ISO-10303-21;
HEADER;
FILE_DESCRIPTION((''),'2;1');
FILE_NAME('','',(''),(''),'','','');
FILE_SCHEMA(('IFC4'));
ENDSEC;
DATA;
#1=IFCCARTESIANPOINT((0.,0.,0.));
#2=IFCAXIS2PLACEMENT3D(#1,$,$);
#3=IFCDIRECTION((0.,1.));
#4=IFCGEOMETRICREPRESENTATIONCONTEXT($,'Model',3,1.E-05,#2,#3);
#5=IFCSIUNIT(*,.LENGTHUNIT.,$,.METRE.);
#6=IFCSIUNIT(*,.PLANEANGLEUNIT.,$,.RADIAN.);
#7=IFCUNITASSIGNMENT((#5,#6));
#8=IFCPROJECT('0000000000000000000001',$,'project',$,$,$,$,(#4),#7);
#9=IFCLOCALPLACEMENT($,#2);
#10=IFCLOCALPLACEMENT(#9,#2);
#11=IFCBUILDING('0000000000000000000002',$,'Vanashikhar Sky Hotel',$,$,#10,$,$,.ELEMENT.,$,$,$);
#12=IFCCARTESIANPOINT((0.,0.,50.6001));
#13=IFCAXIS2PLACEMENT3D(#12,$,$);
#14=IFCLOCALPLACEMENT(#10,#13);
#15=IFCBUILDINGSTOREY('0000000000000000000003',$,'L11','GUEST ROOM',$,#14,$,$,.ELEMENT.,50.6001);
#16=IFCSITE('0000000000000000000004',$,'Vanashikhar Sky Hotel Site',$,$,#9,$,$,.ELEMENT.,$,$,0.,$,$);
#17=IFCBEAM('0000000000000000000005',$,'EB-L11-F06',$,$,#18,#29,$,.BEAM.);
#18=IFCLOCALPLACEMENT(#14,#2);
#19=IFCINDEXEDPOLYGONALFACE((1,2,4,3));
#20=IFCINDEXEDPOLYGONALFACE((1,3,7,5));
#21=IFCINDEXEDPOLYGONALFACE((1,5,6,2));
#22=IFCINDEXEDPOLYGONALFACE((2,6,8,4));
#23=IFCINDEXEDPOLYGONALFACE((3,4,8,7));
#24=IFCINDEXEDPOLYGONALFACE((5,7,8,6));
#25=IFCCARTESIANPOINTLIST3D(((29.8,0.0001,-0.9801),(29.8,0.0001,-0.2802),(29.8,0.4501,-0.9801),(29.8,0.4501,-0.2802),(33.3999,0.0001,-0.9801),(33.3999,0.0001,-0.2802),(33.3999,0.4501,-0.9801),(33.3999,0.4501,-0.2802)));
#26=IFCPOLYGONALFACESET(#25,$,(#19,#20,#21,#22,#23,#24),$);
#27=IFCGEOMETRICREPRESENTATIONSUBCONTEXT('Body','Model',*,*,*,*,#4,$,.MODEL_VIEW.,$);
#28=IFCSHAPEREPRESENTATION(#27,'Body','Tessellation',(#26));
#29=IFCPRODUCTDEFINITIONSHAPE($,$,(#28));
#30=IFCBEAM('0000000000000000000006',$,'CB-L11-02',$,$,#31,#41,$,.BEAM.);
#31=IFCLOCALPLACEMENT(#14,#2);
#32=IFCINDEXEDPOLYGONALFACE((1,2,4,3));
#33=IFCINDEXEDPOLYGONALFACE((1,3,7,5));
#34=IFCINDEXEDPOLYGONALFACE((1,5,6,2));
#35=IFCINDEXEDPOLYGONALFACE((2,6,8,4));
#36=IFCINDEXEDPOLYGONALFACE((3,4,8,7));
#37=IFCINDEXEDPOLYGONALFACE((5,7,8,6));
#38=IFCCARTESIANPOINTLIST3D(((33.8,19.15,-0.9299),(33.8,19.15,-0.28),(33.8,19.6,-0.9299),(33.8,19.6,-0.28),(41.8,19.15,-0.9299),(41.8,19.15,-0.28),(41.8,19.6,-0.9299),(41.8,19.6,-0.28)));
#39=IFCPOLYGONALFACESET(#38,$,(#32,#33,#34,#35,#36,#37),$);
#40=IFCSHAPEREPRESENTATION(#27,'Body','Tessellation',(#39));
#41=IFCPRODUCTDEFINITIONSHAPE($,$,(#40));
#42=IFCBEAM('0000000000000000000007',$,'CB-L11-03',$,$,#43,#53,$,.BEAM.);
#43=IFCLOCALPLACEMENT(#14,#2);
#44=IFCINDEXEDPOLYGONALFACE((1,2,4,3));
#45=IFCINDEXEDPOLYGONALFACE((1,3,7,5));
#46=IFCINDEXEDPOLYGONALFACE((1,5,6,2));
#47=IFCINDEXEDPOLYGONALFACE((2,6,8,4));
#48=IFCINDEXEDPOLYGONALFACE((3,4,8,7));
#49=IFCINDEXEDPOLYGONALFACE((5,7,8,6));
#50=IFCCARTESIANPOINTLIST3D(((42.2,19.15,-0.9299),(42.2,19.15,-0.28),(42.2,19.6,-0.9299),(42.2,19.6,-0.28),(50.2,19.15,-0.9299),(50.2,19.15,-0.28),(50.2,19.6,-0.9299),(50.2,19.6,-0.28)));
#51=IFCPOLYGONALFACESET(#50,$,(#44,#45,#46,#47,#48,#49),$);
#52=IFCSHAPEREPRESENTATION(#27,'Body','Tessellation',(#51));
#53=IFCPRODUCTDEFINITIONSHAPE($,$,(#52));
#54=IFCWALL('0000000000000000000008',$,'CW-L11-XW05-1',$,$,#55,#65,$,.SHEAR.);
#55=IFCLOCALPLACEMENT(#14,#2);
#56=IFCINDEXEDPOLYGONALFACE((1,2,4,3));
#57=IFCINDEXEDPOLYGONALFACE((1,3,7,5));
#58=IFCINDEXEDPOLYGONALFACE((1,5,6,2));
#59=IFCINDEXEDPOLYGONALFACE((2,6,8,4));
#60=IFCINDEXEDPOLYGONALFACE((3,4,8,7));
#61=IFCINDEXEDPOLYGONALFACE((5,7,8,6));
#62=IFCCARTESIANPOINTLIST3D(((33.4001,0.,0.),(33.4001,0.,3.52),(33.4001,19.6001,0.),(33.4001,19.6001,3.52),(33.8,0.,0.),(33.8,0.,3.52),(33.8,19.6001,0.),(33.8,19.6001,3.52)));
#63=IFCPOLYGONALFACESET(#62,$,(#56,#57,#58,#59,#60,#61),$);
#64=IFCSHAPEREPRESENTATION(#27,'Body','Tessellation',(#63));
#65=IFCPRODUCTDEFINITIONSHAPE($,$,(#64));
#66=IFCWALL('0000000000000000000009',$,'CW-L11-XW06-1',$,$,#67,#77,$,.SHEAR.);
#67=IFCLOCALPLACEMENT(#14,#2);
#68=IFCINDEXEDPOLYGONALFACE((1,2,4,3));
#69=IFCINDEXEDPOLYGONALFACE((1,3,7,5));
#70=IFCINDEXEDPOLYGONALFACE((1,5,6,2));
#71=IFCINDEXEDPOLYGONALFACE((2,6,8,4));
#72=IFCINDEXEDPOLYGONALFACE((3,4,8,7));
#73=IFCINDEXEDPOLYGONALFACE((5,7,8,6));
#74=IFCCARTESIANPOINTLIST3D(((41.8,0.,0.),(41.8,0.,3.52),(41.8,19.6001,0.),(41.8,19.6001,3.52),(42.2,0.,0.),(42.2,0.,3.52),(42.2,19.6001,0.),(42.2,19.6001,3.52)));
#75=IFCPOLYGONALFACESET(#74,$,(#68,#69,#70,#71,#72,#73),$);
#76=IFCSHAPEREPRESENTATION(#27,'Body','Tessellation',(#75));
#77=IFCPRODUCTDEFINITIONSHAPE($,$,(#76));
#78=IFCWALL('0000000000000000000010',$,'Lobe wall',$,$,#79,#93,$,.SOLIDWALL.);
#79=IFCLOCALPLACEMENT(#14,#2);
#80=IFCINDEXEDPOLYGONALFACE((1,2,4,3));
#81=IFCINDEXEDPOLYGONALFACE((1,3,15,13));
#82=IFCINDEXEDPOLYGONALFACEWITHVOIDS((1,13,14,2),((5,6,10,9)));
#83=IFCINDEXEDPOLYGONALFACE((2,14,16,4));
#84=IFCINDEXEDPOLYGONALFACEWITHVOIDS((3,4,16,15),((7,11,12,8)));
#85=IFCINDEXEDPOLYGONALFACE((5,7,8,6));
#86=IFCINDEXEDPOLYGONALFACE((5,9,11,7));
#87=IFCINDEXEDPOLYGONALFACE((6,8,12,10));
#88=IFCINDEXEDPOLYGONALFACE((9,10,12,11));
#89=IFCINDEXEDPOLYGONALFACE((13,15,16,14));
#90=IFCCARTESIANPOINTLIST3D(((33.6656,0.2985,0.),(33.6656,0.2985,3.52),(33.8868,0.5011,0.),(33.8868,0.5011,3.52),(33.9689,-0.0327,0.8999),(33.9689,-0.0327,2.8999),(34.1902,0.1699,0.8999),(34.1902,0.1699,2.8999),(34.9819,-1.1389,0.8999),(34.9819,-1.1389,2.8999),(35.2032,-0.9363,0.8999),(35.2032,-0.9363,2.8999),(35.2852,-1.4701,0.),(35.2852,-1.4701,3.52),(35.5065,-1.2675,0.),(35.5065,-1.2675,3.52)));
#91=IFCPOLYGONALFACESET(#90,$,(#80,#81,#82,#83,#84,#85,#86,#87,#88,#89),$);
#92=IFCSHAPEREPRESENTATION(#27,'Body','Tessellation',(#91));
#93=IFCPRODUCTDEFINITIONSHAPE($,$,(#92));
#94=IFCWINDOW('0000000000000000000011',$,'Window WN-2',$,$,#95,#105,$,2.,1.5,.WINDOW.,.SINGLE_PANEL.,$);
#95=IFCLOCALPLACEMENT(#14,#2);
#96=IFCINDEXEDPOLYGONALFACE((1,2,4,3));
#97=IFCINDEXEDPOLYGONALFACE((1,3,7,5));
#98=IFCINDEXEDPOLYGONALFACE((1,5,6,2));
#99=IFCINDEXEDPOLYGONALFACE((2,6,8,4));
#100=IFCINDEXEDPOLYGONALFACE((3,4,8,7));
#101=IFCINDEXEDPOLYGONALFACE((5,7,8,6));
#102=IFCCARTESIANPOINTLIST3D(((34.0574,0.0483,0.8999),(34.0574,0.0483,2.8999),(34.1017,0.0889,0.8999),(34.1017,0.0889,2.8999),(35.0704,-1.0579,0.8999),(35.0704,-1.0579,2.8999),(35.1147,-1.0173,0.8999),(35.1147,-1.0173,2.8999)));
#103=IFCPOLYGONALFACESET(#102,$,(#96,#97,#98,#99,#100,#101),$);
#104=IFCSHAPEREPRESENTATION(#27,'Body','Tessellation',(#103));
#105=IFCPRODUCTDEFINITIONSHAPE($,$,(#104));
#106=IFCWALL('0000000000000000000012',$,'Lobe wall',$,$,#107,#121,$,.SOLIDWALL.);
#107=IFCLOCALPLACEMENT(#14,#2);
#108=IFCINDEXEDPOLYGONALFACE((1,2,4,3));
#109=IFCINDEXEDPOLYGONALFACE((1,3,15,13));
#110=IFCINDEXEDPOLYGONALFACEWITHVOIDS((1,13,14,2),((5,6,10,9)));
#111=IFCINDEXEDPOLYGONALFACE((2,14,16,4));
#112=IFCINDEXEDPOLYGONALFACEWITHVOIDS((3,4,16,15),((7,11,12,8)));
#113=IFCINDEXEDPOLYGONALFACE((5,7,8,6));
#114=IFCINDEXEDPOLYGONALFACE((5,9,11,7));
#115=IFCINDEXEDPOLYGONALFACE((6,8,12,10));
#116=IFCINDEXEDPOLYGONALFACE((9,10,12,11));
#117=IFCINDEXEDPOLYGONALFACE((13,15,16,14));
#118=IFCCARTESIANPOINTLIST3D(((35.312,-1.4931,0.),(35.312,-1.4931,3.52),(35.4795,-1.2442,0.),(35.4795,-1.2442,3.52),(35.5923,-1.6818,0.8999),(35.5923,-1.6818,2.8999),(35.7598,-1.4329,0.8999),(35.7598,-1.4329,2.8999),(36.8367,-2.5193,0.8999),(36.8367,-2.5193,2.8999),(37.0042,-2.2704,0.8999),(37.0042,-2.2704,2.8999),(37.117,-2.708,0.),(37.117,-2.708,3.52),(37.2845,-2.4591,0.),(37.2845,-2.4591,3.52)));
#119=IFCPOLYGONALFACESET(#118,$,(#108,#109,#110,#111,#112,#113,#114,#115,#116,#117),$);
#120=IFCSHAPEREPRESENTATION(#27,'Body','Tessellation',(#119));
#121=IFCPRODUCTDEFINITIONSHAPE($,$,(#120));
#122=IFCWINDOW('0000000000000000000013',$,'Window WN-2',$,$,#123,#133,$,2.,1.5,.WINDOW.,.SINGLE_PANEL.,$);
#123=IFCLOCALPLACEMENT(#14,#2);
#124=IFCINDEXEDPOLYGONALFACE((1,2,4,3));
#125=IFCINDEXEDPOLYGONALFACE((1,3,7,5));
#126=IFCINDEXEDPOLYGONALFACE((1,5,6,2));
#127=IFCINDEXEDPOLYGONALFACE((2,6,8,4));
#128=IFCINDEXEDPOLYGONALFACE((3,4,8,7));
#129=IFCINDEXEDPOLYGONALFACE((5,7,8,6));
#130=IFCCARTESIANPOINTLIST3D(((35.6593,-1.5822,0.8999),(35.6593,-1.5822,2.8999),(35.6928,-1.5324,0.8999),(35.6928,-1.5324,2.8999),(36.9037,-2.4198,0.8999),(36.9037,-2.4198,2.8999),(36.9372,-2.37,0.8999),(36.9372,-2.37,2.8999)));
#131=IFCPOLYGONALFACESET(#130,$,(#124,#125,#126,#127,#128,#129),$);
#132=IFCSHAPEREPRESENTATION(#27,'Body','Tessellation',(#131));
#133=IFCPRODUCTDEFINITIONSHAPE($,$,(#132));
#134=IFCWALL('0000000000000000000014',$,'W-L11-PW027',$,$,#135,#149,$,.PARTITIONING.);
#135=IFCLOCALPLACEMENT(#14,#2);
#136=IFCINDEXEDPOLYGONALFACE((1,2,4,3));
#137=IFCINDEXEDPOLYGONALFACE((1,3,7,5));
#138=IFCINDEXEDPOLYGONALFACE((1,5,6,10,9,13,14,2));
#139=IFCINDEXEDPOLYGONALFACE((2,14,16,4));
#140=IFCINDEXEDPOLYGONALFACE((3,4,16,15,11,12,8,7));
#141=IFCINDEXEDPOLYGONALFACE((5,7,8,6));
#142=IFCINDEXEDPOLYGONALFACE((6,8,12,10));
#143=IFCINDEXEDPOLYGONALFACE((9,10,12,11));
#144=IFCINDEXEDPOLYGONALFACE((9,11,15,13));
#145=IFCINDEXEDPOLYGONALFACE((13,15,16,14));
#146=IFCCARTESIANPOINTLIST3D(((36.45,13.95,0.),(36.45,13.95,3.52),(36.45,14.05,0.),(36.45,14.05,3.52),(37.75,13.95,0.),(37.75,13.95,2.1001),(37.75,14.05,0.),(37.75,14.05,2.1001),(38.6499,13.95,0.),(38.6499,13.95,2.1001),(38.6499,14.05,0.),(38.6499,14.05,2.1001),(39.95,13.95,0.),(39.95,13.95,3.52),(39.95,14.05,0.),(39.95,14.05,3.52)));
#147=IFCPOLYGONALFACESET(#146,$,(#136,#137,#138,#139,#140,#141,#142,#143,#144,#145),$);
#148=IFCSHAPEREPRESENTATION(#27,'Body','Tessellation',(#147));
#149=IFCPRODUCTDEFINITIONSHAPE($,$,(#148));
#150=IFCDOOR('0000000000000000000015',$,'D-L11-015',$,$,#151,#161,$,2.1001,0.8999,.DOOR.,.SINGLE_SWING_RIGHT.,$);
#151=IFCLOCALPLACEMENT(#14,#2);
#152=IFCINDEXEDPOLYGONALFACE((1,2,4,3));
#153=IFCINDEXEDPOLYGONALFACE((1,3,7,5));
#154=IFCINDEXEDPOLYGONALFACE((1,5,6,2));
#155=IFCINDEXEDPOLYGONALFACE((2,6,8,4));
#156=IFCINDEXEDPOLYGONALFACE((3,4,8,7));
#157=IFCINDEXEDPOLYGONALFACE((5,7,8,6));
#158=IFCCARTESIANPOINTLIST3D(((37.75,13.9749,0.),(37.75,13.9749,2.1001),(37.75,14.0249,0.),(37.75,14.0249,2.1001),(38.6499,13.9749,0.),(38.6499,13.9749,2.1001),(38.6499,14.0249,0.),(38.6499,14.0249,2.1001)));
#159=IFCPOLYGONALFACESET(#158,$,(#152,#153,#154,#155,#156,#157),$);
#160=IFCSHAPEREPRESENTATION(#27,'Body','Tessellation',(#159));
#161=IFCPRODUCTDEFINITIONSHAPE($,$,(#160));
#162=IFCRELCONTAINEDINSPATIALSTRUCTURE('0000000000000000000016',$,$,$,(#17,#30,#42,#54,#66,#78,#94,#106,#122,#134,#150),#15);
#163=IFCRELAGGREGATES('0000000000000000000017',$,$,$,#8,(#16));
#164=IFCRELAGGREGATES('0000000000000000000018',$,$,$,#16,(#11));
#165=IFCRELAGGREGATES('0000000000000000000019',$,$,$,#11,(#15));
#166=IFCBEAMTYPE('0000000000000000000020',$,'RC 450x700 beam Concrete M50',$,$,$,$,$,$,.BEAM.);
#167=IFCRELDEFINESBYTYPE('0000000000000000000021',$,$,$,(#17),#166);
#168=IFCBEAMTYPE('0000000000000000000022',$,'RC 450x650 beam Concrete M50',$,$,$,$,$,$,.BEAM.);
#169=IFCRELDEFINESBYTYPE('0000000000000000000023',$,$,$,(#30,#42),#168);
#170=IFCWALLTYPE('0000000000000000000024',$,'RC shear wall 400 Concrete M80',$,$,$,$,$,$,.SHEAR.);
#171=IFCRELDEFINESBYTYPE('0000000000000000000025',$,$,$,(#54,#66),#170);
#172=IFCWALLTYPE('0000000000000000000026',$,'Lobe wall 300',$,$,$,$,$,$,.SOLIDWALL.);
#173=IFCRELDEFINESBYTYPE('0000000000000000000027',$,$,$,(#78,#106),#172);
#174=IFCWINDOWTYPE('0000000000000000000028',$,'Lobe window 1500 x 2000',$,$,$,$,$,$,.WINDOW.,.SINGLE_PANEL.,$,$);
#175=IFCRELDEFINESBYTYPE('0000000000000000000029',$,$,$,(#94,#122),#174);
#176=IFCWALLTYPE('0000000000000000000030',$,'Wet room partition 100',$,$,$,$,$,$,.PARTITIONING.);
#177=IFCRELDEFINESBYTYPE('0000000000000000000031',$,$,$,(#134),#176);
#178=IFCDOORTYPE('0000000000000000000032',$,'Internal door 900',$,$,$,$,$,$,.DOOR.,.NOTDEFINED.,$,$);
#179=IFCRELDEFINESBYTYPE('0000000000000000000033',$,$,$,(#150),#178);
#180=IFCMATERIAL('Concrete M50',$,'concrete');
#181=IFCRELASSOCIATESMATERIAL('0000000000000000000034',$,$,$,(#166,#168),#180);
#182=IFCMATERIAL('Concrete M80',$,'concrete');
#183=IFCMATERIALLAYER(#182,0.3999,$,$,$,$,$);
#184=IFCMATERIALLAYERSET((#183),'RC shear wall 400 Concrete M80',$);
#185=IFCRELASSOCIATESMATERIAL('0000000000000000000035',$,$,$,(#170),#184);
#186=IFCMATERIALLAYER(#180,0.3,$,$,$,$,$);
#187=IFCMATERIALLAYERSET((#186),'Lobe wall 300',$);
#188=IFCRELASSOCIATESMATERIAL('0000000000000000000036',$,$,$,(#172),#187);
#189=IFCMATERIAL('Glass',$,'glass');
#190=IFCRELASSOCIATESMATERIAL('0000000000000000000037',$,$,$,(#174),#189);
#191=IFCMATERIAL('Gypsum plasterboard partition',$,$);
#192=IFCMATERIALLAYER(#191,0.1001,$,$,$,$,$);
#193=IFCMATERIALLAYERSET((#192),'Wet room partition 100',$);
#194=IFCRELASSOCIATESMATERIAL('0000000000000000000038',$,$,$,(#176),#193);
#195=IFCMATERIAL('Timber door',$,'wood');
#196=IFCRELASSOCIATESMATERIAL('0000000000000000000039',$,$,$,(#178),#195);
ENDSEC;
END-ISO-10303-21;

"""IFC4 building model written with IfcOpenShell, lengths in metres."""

from ifc_helpers import new_model, si_unit, direction, frame, frame_2d, origin, origin_2d, place, context, subcontext, project, spatial, rectangle, extrude, source, transform, mapped, material, layer, layer_set, material_profile, profile_set, type_object, element, fill, save


model = new_model("IFC4")

# Units and contexts
model_context = context("Model", 3, precision=1e-05, world=origin(), true_north=direction((0.0, 1.0)))
body_context = subcontext(model_context, "Body", "Model", "MODEL_VIEW")
ifc_project = project(units=[si_unit("LENGTHUNIT", "METRE"), si_unit("PLANEANGLEUNIT", "RADIAN")], contexts=[model_context])

# Site, building, storey
site_placement = place(None, origin())
site = spatial("IfcSite", under=ifc_project, at=site_placement, Name="Vanashikhar Sky Hotel Site", CompositionType="ELEMENT", RefElevation=0.0)
building_placement = place(site_placement, origin())
building = spatial("IfcBuilding", under=site, at=building_placement, Name="Vanashikhar Sky Hotel", CompositionType="ELEMENT")
storey_placement = place(building_placement, frame((0.0, 0.0, 50.6001)))
storey = spatial("IfcBuildingStorey", under=building, at=storey_placement, Name="L11", Description="GUEST ROOM", CompositionType="ELEMENT", Elevation=50.6001)

# Beams
ifc_material_1 = material(Name="Concrete M50", Category="concrete")
ifc_material_profile_1 = material_profile(ifc_material_1, rectangle(XDim=0.45, YDim=0.7, at=origin_2d()))
ifc_profile_set_1 = profile_set([ifc_material_profile_1], Name="RC 450x700 beam Concrete M50")
beam_type_1 = type_object("IfcBeamType", Name="RC 450x700 beam Concrete M50", PredefinedType="BEAM", material=ifc_profile_set_1)
shared_shape_1 = source(origin(), body_context, "Body", "SweptSolid", [
    extrude(rectangle(XDim=0.45, YDim=0.7, at=origin_2d()), origin(), (0.0, 0.0, 1.0), 3.5999),
])
beam_placement = place(storey_placement, frame((29.8, 0.2251, -0.6301), z_axis=(1.0, 0.0, 0.0), x_axis=(0.0, 1.0, 0.0)))
element("IfcBeam", 1, at=beam_placement, inside=storey, type_object=beam_type_1, Name="EB-L11-F06", PredefinedType="BEAM", context=body_context, shape_type="MappedRepresentation", body=[
    mapped(shared_shape_1, transform((0.0, 0.0, 0.0), scale=1.0)),
])
ifc_material_profile_2 = material_profile(ifc_material_1, rectangle(XDim=0.45, YDim=0.6499, at=origin_2d()))
ifc_profile_set_2 = profile_set([ifc_material_profile_2], Name="RC 450x650 beam Concrete M50")
beam_type_2 = type_object("IfcBeamType", Name="RC 450x650 beam Concrete M50", PredefinedType="BEAM", material=ifc_profile_set_2)
shared_shape_2 = source(origin(), body_context, "Body", "SweptSolid", [
    extrude(rectangle(XDim=0.45, YDim=0.6499, at=origin_2d()), origin(), (0.0, 0.0, 1.0), 8.0),
])
for number, where, z_axis, x_axis, name in (
    (2, (33.8, 19.375, -0.605), (1.0, 0.0, 0.0), (0.0, 1.0, 0.0), "CB-L11-02"),
    (3, (42.2, 19.375, -0.605), (1.0, 0.0, 0.0), (0.0, 1.0, 0.0), "CB-L11-03"),
):
    element("IfcBeam", number, at=place(storey_placement, frame(where, z_axis=z_axis, x_axis=x_axis)), inside=storey, type_object=beam_type_2, Name=name, PredefinedType="BEAM", context=body_context, shape_type="MappedRepresentation", body=[
        mapped(shared_shape_2, transform((0.0, 0.0, 0.0), scale=1.0)),
    ])

# Walls
ifc_material_2 = material(Name="Concrete M80", Category="concrete")
ifc_layer_1 = layer(ifc_material_2, 0.3999)
ifc_layer_set_1 = layer_set([ifc_layer_1], Name="RC shear wall 400 Concrete M80")
wall_type_1 = type_object("IfcWallType", Name="RC shear wall 400 Concrete M80", PredefinedType="SHEAR", material=ifc_layer_set_1)
shared_shape_3 = source(origin(), body_context, "Body", "SweptSolid", [
    extrude(rectangle(XDim=19.6001, YDim=0.3999, at=frame_2d((9.8, 0.0))), origin(), (0.0, 0.0, 1.0), 3.52),
])
for number, where, z_axis, x_axis, name in (
    (4, (33.6001, 0.0, 0.0), (0.0, 0.0, 1.0), (0.0, 1.0, 0.0), "CW-L11-XW05-1"),
    (5, (42.0, 0.0, 0.0), (0.0, 0.0, 1.0), (0.0, 1.0, 0.0), "CW-L11-XW06-1"),
):
    element("IfcWall", number, at=place(storey_placement, frame(where, z_axis=z_axis, x_axis=x_axis)), inside=storey, type_object=wall_type_1, Name=name, PredefinedType="SHEAR", context=body_context, shape_type="MappedRepresentation", body=[
        mapped(shared_shape_3, transform((0.0, 0.0, 0.0), scale=1.0)),
    ])

# Walls, openings, windows
ifc_layer_2 = layer(ifc_material_1, 0.3)
ifc_layer_set_2 = layer_set([ifc_layer_2], Name="Lobe wall 300")
wall_type_2 = type_object("IfcWallType", Name="Lobe wall 300", PredefinedType="SOLIDWALL", material=ifc_layer_set_2)
shared_shape_4 = source(origin(), body_context, "Body", "SweptSolid", [
    extrude(rectangle(XDim=2.3982, YDim=0.3, at=frame_2d((1.1992, 0.0))), origin(), (0.0, 0.0, 1.0), 3.52),
])
wall_1_placement = place(storey_placement, frame((33.7761, 0.3999, 0.0), z_axis=(0.0, 0.0, 1.0), x_axis=(0.675374, -0.737475, 0.0)))
wall_1 = element("IfcWall", 6, at=wall_1_placement, inside=storey, type_object=wall_type_2, Name="Lobe wall", PredefinedType="SOLIDWALL", context=body_context, shape_type="MappedRepresentation", body=[
    mapped(shared_shape_4, transform((0.0, 0.0, 0.0), scale=1.0)),
])
shared_shape_5 = source(origin(), body_context, "Body", "SweptSolid", [
    extrude(rectangle(XDim=1.5, YDim=2.0, at=frame_2d((0.75, 1.0))), frame((0.0, 0.1602, 0.0), z_axis=(0.0, -1.0, 0.0), x_axis=(1.0, 0.0, 0.0)), (0.0, 0.0, 1.0), 0.3201),
])
opening_1_placement = place(wall_1_placement, frame((0.4492, 0.0, 0.8999)))
opening_1 = element("IfcOpeningElement", 7, at=opening_1_placement, cuts=wall_1, PredefinedType="OPENING", context=body_context, shape_type="MappedRepresentation", body=[
    mapped(shared_shape_5, transform((0.0, 0.0, 0.0), scale=1.0)),
])
ifc_material_3 = material(Name="Glass", Category="glass")
window_type_1 = type_object("IfcWindowType", Name="Lobe window 1500 x 2000", PartitioningType="SINGLE_PANEL", PredefinedType="WINDOW", material=ifc_material_3)
shared_shape_6 = source(origin(), body_context, "Body", "SweptSolid", [
    extrude(rectangle(XDim=1.5, YDim=2.0, at=frame_2d((0.75, 1.0))), frame((0.0, 0.03, 0.0), z_axis=(0.0, -1.0, 0.0), x_axis=(1.0, 0.0, 0.0)), (0.0, 0.0, 1.0), 0.0601),
])
window_1_placement = place(opening_1_placement, origin())
window_1 = element("IfcWindow", 8, at=window_1_placement, inside=storey, type_object=window_type_1, Name="Window WN-2", OverallHeight=2.0, OverallWidth=1.5, PartitioningType="SINGLE_PANEL", PredefinedType="WINDOW", context=body_context, shape_type="MappedRepresentation", body=[
    mapped(shared_shape_6, transform((0.0, 0.0, 0.0), scale=1.0)),
])
fill(opening_1, window_1)
shared_shape_7 = source(origin(), body_context, "Body", "SweptSolid", [
    extrude(rectangle(XDim=2.1758, YDim=0.3, at=frame_2d((1.0879, 0.0))), origin(), (0.0, 0.0, 1.0), 3.52),
])
wall_2_placement = place(storey_placement, frame((35.3958, -1.3687, 0.0), z_axis=(0.0, 0.0, 1.0), x_axis=(0.829591, -0.558372, 0.0)))
wall_2 = element("IfcWall", 9, at=wall_2_placement, inside=storey, type_object=wall_type_2, Name="Lobe wall", PredefinedType="SOLIDWALL", context=body_context, shape_type="MappedRepresentation", body=[
    mapped(shared_shape_7, transform((0.0, 0.0, 0.0), scale=1.0)),
])
opening_2_placement = place(wall_2_placement, frame((0.3379, 0.0, 0.8999)))
opening_2 = element("IfcOpeningElement", 10, at=opening_2_placement, cuts=wall_2, PredefinedType="OPENING", context=body_context, shape_type="MappedRepresentation", body=[
    mapped(shared_shape_5, transform((0.0, 0.0, 0.0), scale=1.0)),
])
window_2_placement = place(opening_2_placement, origin())
window_2 = element("IfcWindow", 11, at=window_2_placement, inside=storey, type_object=window_type_1, Name="Window WN-2", OverallHeight=2.0, OverallWidth=1.5, PartitioningType="SINGLE_PANEL", PredefinedType="WINDOW", context=body_context, shape_type="MappedRepresentation", body=[
    mapped(shared_shape_6, transform((0.0, 0.0, 0.0), scale=1.0)),
])
fill(opening_2, window_2)

# Wall, opening, door
ifc_material_4 = material(Name="Gypsum plasterboard partition")
ifc_layer_3 = layer(ifc_material_4, 0.1001)
ifc_layer_set_3 = layer_set([ifc_layer_3], Name="Wet room partition 100")
wall_type_3 = type_object("IfcWallType", Name="Wet room partition 100", PredefinedType="PARTITIONING", material=ifc_layer_set_3)
shared_shape_8 = source(origin(), body_context, "Body", "SweptSolid", [
    extrude(rectangle(XDim=3.5, YDim=0.1001, at=frame_2d((1.75, 0.0))), origin(), (0.0, 0.0, 1.0), 3.52),
])
wall_3_placement = place(storey_placement, frame((36.45, 14.0, 0.0), z_axis=(0.0, 0.0, 1.0), x_axis=(1.0, 0.0, 0.0)))
wall_3 = element("IfcWall", 12, at=wall_3_placement, inside=storey, type_object=wall_type_3, Name="W-L11-PW027", PredefinedType="PARTITIONING", context=body_context, shape_type="MappedRepresentation", body=[
    mapped(shared_shape_8, transform((0.0, 0.0, 0.0), scale=1.0)),
])
shared_shape_9 = source(origin(), body_context, "Body", "SweptSolid", [
    extrude(rectangle(XDim=0.8999, YDim=2.1001, at=frame_2d((0.45, 1.05))), frame((0.0, 0.0601, 0.0), z_axis=(0.0, -1.0, 0.0), x_axis=(1.0, 0.0, 0.0)), (0.0, 0.0, 1.0), 0.1201),
])
opening_3_placement = place(wall_3_placement, frame((1.3, 0.0, 0.0)))
opening_3 = element("IfcOpeningElement", 13, at=opening_3_placement, cuts=wall_3, PredefinedType="OPENING", context=body_context, shape_type="MappedRepresentation", body=[
    mapped(shared_shape_9, transform((0.0, 0.0, 0.0), scale=1.0)),
])
ifc_material_5 = material(Name="Timber door", Category="wood")
door_type_1 = type_object("IfcDoorType", Name="Internal door 900", OperationType="NOTDEFINED", PredefinedType="DOOR", material=ifc_material_5)
shared_shape_10 = source(origin(), body_context, "Body", "SweptSolid", [
    extrude(rectangle(XDim=0.8999, YDim=2.1001, at=frame_2d((0.45, 1.05))), frame((0.0, 0.0249, 0.0), z_axis=(0.0, -1.0, 0.0), x_axis=(1.0, 0.0, 0.0)), (0.0, 0.0, 1.0), 0.05),
])
door_1_placement = place(opening_3_placement, origin())
door_1 = element("IfcDoor", 14, at=door_1_placement, inside=storey, type_object=door_type_1, Name="D-L11-015", OperationType="SINGLE_SWING_RIGHT", OverallHeight=2.1001, OverallWidth=0.8999, PredefinedType="DOOR", context=body_context, shape_type="MappedRepresentation", body=[
    mapped(shared_shape_10, transform((0.0, 0.0, 0.0), scale=1.0)),
])
fill(opening_3, door_1)

save(model, "model.ifc")
